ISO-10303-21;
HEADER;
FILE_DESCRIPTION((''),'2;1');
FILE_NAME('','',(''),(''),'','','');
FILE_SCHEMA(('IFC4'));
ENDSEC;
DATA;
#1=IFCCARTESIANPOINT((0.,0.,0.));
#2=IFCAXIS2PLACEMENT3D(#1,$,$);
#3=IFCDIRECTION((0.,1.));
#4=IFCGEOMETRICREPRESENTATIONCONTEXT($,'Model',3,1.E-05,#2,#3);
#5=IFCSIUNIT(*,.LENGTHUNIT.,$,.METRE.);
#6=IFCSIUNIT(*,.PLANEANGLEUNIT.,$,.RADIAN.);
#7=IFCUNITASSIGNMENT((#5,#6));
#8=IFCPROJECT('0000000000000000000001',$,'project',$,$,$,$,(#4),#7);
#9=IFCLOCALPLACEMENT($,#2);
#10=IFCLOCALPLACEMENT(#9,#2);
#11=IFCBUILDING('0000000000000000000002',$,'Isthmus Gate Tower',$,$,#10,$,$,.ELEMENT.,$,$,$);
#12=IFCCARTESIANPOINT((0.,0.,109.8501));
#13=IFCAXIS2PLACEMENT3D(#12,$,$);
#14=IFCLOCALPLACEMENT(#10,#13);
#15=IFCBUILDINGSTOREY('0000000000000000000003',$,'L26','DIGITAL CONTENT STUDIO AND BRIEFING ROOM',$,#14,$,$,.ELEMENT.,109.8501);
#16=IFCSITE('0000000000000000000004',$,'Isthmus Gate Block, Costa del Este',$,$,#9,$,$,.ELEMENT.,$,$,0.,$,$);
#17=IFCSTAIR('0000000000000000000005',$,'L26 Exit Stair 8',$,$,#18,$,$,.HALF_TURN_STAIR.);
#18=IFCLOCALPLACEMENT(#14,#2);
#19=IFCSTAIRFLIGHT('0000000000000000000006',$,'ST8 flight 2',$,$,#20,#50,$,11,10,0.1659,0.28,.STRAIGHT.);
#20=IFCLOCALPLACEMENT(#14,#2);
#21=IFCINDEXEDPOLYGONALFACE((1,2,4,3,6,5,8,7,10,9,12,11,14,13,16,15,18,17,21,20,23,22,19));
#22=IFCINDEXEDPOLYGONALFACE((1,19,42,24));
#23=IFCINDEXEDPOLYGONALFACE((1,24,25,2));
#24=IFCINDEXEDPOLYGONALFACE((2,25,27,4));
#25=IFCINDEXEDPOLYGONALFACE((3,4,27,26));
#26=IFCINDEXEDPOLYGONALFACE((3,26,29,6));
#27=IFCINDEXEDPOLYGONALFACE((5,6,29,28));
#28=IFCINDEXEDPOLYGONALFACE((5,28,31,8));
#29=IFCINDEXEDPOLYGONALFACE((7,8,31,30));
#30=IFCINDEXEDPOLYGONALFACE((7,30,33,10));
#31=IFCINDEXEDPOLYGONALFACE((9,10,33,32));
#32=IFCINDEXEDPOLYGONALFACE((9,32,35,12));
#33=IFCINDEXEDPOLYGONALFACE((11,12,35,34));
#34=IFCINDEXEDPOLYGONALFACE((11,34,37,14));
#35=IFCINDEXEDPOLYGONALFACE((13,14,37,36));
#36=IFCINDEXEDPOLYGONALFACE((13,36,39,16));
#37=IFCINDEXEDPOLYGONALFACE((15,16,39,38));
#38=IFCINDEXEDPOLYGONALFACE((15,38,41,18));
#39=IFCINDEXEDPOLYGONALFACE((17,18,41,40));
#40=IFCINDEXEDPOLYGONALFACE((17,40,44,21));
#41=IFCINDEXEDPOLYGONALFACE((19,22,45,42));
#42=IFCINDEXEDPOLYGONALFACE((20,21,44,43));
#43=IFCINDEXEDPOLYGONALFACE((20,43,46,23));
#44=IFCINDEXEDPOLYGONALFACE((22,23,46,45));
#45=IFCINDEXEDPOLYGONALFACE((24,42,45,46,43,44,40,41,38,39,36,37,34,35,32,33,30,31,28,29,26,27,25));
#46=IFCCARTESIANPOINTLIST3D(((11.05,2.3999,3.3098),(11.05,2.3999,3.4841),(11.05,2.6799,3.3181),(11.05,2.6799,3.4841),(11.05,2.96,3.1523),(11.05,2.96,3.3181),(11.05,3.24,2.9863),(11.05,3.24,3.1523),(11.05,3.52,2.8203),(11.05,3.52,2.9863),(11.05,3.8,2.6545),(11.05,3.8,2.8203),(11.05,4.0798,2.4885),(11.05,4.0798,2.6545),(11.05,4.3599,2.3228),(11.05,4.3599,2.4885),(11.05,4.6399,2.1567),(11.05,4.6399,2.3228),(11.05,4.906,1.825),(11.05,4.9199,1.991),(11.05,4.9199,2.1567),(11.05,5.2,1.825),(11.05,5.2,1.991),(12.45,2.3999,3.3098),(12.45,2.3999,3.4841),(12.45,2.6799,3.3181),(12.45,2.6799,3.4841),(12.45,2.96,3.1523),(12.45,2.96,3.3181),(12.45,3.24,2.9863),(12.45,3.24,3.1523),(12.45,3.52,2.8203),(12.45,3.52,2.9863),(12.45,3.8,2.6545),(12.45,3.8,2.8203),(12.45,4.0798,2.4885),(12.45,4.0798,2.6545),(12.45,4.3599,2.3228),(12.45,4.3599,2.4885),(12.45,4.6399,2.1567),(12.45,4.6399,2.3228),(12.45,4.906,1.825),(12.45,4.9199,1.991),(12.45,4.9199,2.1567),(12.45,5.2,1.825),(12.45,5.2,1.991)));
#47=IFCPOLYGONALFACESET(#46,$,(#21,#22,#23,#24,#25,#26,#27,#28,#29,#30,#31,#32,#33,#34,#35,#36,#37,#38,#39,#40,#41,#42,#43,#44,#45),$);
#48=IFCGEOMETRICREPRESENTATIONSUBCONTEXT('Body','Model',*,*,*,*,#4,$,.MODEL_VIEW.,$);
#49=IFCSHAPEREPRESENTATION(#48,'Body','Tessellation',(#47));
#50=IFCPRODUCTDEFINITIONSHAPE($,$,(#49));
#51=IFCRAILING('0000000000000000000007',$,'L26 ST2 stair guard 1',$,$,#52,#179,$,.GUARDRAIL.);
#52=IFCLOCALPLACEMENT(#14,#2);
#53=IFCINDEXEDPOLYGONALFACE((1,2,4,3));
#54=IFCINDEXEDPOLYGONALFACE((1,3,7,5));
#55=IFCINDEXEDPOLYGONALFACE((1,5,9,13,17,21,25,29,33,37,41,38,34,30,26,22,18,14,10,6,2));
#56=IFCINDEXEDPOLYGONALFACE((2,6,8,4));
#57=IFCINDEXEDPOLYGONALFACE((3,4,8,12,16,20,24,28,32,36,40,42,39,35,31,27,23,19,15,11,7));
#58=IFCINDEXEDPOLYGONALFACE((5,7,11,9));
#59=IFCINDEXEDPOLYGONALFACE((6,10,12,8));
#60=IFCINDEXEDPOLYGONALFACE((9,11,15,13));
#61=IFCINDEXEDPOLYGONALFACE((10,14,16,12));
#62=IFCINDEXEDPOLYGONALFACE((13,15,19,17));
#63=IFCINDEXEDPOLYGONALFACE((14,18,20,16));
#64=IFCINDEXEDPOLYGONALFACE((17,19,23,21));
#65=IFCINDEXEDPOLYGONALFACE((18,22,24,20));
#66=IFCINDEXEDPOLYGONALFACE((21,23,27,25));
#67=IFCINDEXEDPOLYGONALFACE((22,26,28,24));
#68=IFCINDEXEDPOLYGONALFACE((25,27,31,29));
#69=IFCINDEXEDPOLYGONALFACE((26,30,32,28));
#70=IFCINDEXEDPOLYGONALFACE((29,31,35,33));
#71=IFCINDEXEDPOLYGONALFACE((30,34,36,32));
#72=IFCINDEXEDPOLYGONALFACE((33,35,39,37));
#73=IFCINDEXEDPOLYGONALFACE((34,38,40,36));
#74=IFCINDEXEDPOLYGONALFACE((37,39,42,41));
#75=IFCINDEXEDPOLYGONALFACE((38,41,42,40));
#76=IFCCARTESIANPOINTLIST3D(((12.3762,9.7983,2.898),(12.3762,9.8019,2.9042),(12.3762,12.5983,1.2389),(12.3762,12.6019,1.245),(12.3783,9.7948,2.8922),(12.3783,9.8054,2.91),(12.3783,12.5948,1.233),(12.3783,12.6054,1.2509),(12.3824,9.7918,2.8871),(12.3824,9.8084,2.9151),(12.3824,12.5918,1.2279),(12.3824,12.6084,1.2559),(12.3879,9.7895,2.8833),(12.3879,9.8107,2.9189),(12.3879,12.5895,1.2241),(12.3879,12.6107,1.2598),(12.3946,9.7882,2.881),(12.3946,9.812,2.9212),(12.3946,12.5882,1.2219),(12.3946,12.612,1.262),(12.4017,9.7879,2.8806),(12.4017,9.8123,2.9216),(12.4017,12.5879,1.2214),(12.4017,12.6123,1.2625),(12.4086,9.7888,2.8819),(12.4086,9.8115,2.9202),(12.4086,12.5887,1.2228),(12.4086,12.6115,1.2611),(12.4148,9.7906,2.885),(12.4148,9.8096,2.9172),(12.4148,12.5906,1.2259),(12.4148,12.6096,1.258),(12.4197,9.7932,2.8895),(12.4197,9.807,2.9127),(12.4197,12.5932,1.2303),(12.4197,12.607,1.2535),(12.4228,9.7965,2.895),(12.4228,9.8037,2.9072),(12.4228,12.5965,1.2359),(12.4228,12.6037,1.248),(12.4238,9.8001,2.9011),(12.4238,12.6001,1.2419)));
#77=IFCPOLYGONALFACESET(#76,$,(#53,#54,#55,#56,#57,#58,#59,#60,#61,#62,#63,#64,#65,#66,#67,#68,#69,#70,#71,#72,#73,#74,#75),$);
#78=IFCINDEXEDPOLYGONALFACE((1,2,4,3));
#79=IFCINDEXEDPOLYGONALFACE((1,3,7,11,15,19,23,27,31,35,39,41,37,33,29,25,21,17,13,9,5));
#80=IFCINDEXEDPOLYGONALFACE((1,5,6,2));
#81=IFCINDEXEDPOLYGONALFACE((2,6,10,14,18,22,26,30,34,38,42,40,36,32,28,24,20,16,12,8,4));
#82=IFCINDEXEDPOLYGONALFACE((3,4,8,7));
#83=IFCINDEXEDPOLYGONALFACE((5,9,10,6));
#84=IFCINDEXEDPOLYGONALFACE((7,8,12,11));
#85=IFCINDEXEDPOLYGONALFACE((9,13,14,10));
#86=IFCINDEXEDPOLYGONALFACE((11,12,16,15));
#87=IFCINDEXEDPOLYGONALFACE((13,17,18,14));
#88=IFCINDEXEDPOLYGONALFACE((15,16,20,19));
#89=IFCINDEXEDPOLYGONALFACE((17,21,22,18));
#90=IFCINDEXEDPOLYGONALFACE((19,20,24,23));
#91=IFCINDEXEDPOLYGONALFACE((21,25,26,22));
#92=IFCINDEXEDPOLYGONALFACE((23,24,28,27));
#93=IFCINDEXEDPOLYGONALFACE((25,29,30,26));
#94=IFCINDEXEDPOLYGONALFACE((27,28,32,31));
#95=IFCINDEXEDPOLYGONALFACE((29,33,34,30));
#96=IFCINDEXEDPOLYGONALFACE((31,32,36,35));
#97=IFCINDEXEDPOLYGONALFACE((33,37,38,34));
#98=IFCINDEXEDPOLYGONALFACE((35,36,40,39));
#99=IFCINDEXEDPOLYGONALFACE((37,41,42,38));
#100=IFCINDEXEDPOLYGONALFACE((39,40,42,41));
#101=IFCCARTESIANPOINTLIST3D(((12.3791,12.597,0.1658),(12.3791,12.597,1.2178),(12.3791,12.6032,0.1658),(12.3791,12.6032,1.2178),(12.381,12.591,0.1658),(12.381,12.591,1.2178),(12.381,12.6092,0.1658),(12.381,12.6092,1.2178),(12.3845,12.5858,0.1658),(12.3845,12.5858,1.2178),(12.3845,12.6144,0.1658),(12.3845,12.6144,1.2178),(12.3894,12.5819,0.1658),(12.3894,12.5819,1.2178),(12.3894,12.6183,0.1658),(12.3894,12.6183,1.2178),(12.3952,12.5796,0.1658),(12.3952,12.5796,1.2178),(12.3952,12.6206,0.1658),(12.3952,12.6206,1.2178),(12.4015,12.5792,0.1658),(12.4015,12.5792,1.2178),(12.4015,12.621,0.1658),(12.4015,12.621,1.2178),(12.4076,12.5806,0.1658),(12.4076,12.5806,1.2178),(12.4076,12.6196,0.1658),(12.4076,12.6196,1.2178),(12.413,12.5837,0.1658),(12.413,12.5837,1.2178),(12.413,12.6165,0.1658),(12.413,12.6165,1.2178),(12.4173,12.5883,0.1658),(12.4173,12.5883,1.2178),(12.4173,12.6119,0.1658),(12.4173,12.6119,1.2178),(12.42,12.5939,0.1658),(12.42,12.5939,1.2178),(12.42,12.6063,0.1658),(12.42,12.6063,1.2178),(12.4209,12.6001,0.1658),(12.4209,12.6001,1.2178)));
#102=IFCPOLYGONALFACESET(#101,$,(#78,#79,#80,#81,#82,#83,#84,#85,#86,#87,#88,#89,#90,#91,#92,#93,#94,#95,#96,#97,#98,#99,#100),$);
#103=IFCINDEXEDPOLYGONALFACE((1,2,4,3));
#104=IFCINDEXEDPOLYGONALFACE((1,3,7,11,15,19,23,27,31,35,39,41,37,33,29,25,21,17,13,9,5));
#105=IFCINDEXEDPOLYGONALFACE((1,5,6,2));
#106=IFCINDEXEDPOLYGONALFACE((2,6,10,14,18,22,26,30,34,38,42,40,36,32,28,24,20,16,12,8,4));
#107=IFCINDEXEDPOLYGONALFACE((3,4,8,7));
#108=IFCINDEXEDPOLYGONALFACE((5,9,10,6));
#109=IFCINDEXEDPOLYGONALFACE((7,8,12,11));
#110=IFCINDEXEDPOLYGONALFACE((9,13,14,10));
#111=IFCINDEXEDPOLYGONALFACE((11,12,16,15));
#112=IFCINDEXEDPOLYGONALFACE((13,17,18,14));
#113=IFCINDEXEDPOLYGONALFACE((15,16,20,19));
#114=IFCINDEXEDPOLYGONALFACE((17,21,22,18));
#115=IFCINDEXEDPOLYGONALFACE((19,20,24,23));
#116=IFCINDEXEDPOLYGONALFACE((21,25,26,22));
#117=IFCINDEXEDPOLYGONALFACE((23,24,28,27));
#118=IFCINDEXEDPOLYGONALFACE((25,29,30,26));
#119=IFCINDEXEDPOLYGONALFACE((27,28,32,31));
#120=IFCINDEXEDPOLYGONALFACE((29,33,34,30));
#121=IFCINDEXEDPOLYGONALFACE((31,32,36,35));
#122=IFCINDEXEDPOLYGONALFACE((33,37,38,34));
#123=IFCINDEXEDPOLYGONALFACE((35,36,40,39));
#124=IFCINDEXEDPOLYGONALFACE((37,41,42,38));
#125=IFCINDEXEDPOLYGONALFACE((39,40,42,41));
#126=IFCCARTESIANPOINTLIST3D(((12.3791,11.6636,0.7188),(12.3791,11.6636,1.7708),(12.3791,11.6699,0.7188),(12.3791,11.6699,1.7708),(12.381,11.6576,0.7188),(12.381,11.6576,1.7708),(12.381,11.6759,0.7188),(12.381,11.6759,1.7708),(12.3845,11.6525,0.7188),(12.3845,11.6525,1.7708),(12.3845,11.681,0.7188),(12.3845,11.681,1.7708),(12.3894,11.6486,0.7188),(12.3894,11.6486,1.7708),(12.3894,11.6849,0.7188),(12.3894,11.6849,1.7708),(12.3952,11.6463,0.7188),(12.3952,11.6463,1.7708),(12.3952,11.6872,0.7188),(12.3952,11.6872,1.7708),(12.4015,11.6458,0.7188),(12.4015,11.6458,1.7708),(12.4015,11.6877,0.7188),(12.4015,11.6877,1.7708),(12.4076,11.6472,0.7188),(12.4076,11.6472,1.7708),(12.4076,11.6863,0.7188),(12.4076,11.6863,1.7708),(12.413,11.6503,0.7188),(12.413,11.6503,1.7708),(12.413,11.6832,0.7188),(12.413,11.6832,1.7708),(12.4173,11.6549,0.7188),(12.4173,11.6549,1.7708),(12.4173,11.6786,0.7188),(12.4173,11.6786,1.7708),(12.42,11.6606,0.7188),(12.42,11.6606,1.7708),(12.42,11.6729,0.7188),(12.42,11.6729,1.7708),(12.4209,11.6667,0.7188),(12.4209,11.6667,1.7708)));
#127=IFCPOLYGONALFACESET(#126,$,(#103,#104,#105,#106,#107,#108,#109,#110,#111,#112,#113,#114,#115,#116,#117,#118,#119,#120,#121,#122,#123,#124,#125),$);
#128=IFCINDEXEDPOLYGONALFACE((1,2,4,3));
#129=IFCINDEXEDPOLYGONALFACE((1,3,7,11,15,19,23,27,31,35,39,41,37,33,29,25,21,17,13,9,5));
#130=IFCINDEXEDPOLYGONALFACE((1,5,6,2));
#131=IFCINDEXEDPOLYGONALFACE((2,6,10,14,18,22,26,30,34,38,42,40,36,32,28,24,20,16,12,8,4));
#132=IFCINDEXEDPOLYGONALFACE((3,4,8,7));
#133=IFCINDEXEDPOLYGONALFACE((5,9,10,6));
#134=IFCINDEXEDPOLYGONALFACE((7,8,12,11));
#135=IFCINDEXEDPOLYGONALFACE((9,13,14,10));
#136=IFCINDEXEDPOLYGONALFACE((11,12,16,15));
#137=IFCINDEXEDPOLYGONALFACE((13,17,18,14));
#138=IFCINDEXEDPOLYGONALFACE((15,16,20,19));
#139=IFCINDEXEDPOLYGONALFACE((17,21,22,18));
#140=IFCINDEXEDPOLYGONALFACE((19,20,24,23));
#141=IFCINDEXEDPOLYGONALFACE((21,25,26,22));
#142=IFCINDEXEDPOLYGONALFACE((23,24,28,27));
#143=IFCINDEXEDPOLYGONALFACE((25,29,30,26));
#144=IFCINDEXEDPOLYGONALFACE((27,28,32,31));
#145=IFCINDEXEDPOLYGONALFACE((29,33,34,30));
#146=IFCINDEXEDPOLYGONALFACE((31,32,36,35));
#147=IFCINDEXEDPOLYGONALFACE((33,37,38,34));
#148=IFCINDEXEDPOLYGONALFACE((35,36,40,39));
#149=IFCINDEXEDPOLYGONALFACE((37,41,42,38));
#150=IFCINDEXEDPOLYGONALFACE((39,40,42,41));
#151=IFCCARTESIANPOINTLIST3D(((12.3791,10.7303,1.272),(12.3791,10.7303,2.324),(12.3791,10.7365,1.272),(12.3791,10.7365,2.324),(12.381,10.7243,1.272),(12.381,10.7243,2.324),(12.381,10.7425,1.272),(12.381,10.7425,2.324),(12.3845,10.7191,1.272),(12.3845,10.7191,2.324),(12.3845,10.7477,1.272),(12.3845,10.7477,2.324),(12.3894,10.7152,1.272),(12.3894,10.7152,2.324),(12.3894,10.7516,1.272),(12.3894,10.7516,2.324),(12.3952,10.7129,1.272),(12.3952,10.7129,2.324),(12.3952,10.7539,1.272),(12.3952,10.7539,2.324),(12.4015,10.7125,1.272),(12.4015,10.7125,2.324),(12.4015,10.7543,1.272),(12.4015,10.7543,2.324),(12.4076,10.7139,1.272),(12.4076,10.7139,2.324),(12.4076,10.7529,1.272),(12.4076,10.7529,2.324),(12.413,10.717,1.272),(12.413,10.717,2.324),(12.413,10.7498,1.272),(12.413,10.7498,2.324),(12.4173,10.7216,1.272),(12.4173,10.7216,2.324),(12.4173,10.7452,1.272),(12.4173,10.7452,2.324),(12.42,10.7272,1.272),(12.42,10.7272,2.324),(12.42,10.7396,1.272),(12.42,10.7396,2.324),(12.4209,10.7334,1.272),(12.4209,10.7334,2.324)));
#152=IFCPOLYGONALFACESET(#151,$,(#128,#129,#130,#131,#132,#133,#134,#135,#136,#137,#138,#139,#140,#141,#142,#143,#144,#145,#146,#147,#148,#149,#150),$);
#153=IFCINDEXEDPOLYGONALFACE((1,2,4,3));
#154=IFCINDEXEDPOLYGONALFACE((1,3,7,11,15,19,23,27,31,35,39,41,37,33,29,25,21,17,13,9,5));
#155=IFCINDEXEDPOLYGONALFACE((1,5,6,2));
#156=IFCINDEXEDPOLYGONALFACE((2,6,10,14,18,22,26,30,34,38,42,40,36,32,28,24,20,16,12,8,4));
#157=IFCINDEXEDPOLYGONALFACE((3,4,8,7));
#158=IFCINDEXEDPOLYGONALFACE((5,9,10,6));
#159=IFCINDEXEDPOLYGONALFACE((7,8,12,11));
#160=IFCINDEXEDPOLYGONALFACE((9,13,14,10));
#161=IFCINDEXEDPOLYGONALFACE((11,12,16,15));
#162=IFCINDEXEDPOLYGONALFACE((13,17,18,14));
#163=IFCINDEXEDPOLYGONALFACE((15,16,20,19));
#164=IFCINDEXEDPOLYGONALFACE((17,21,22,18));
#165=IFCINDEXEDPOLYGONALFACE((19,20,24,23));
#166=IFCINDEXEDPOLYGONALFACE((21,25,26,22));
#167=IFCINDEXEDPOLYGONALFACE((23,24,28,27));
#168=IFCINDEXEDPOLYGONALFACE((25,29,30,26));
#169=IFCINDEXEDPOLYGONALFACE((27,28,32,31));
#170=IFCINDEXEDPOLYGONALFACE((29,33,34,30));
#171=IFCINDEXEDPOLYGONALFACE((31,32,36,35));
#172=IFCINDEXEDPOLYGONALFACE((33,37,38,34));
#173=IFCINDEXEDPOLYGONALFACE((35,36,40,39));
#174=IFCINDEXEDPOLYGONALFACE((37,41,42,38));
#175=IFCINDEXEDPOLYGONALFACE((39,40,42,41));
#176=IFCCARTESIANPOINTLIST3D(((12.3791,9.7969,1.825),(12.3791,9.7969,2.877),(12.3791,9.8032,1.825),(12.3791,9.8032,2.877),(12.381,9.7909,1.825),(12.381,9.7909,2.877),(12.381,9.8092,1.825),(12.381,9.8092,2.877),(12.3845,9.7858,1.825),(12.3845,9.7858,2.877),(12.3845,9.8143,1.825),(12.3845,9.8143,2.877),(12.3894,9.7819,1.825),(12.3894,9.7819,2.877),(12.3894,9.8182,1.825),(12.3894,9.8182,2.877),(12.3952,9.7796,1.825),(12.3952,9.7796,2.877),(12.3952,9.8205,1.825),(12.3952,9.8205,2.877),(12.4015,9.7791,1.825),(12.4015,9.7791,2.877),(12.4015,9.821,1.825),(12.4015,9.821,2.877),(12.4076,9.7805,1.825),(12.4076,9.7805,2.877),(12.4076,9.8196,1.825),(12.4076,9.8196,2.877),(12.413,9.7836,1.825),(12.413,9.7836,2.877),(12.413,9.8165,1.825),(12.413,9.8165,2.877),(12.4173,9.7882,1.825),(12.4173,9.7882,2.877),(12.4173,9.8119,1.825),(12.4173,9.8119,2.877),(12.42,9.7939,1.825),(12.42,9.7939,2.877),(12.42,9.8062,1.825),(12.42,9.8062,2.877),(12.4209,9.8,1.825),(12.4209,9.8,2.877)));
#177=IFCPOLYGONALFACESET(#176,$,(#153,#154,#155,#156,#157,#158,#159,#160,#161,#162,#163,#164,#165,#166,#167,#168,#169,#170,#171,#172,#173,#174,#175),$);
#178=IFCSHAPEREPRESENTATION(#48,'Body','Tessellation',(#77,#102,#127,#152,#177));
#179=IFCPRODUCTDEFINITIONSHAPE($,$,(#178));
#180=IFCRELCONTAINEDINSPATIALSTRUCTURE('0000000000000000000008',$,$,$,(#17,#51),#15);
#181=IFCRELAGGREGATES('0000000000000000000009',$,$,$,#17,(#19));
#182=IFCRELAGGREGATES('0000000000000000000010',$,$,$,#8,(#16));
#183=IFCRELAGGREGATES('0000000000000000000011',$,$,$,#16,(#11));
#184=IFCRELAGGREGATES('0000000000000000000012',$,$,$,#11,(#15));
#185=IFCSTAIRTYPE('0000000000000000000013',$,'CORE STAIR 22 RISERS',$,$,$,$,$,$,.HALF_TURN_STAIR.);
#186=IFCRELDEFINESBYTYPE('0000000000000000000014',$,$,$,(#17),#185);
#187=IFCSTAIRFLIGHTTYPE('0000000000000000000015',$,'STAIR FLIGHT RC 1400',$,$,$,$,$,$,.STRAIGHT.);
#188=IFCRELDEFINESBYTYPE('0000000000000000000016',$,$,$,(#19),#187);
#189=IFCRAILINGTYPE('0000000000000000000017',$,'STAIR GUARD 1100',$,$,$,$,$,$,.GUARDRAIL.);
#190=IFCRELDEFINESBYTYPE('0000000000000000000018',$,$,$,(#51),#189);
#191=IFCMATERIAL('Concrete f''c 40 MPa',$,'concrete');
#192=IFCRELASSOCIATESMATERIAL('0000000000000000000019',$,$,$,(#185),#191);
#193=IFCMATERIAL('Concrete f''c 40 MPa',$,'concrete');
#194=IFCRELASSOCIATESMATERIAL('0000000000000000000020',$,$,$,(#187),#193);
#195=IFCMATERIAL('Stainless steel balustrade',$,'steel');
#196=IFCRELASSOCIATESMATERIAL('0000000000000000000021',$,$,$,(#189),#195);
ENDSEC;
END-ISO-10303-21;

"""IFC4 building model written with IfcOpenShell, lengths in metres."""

from ifc_helpers import new_model, si_unit, direction, frame, origin, origin_2d, place, context, subcontext, project, spatial, polyline, circle, outline, extrude, material, type_object, element, aggregate, save


model = new_model("IFC4")

# Units and contexts
model_context = context("Model", 3, precision=1e-05, world=origin(), true_north=direction((0.0, 1.0)))
body_context = subcontext(model_context, "Body", "Model", "MODEL_VIEW")
ifc_project = project(units=[si_unit("LENGTHUNIT", "METRE"), si_unit("PLANEANGLEUNIT", "RADIAN")], contexts=[model_context])

# Site, building, storey
site_placement = place(None, origin())
site = spatial("IfcSite", under=ifc_project, at=site_placement, Name="Isthmus Gate Block, Costa del Este", CompositionType="ELEMENT", RefElevation=0.0)
building_placement = place(site_placement, origin())
building = spatial("IfcBuilding", under=site, at=building_placement, Name="Isthmus Gate Tower", CompositionType="ELEMENT")
storey_placement = place(building_placement, frame((0.0, 0.0, 109.8501)))
storey = spatial("IfcBuildingStorey", under=building, at=storey_placement, Name="L26", Description="DIGITAL CONTENT STUDIO AND BRIEFING ROOM", CompositionType="ELEMENT", Elevation=109.8501)

# Shared definitions
ifc_material_1 = material(Name="Concrete f'c 40 MPa", Category="concrete")
stair_type = type_object("IfcStairType", Name="CORE STAIR 22 RISERS", PredefinedType="HALF_TURN_STAIR", material=ifc_material_1)
ifc_material_2 = material(Name="Concrete f'c 40 MPa", Category="concrete")
stair_flight_type = type_object("IfcStairFlightType", Name="STAIR FLIGHT RC 1400", PredefinedType="STRAIGHT", material=ifc_material_2)

# Stair, stair flight
stair_1_placement = place(storey_placement, origin())
stair_1 = element("IfcStair", 1, at=stair_1_placement, inside=storey, type_object=stair_type, Name="L26 Exit Stair 8", PredefinedType="HALF_TURN_STAIR")
stair_flight_1_placement = place(storey_placement, frame((11.75, 5.2, 1.825), z_axis=(0.0, 0.0, 1.0), x_axis=(0.0, -1.0, 0.0)))
stair_flight_1 = element("IfcStairFlight", 2, at=stair_flight_1_placement, type_object=stair_flight_type, Name="ST8 flight 2", NumberOfRisers=11, NumberOfTreads=10, PredefinedType="STRAIGHT", RiserHeight=0.1659, TreadLength=0.28, context=body_context, shape_type="SweptSolid", body=[
    extrude(outline(polyline([(0.0, 0.0), (0.0, 0.166), (0.28, 0.166), (0.28, 0.3318), (0.5601, 0.3318), (0.5601, 0.4978), (0.8401, 0.4978), (0.8401, 0.6636), (1.1201, 0.6636), (1.1201, 0.8296), (1.3999, 0.8296), (1.3999, 0.9954), (1.6799, 0.9954), (1.6799, 1.1614), (1.96, 1.1614), (1.96, 1.3274), (2.24, 1.3274), (2.24, 1.4932), (2.52, 1.4932), (2.52, 1.6592), (2.8, 1.6592), (2.8, 1.825), (2.8, 1.4849), (0.2939, 0.0), (0.0, 0.0)])), frame((0.0, 0.7, 0.0), z_axis=(0.0, -1.0, 0.0), x_axis=(1.0, 0.0, 0.0)), (0.0, 0.0, 1.0), 1.3999),
])
aggregate(stair_1, [stair_flight_1])

# Railing
ifc_material_3 = material(Name="Stainless steel balustrade", Category="steel")
railing_type_1 = type_object("IfcRailingType", Name="STAIR GUARD 1100", PredefinedType="GUARDRAIL", material=ifc_material_3)
railing_1_placement = place(storey_placement, frame((12.3999, 12.6001, 0.1658)))
element("IfcRailing", 3, at=railing_1_placement, inside=storey, type_object=railing_type_1, Name="L26 ST2 stair guard 1", PredefinedType="GUARDRAIL", context=body_context, shape_type="SweptSolid", body=[
    extrude(circle(Radius=0.0239, at=origin_2d()), frame((0.0, 0.0, 1.0762), z_axis=(0.0, -0.860306, 0.509778), x_axis=(1.0, 0.0, 0.0)), (0.0, 0.0, 1.0), 3.2546),
    extrude(circle(Radius=0.021, at=origin_2d()), origin(), (0.0, 0.0, 1.0), 1.052),
    extrude(circle(Radius=0.021, at=origin_2d()), frame((0.0, -0.9333, 0.553)), (0.0, 0.0, 1.0), 1.052),
    extrude(circle(Radius=0.021, at=origin_2d()), frame((0.0, -1.8667, 1.1062)), (0.0, 0.0, 1.0), 1.052),
    extrude(circle(Radius=0.021, at=origin_2d()), frame((0.0, -2.8, 1.6592)), (0.0, 0.0, 1.0), 1.052),
])

save(model, "model.ifc")
